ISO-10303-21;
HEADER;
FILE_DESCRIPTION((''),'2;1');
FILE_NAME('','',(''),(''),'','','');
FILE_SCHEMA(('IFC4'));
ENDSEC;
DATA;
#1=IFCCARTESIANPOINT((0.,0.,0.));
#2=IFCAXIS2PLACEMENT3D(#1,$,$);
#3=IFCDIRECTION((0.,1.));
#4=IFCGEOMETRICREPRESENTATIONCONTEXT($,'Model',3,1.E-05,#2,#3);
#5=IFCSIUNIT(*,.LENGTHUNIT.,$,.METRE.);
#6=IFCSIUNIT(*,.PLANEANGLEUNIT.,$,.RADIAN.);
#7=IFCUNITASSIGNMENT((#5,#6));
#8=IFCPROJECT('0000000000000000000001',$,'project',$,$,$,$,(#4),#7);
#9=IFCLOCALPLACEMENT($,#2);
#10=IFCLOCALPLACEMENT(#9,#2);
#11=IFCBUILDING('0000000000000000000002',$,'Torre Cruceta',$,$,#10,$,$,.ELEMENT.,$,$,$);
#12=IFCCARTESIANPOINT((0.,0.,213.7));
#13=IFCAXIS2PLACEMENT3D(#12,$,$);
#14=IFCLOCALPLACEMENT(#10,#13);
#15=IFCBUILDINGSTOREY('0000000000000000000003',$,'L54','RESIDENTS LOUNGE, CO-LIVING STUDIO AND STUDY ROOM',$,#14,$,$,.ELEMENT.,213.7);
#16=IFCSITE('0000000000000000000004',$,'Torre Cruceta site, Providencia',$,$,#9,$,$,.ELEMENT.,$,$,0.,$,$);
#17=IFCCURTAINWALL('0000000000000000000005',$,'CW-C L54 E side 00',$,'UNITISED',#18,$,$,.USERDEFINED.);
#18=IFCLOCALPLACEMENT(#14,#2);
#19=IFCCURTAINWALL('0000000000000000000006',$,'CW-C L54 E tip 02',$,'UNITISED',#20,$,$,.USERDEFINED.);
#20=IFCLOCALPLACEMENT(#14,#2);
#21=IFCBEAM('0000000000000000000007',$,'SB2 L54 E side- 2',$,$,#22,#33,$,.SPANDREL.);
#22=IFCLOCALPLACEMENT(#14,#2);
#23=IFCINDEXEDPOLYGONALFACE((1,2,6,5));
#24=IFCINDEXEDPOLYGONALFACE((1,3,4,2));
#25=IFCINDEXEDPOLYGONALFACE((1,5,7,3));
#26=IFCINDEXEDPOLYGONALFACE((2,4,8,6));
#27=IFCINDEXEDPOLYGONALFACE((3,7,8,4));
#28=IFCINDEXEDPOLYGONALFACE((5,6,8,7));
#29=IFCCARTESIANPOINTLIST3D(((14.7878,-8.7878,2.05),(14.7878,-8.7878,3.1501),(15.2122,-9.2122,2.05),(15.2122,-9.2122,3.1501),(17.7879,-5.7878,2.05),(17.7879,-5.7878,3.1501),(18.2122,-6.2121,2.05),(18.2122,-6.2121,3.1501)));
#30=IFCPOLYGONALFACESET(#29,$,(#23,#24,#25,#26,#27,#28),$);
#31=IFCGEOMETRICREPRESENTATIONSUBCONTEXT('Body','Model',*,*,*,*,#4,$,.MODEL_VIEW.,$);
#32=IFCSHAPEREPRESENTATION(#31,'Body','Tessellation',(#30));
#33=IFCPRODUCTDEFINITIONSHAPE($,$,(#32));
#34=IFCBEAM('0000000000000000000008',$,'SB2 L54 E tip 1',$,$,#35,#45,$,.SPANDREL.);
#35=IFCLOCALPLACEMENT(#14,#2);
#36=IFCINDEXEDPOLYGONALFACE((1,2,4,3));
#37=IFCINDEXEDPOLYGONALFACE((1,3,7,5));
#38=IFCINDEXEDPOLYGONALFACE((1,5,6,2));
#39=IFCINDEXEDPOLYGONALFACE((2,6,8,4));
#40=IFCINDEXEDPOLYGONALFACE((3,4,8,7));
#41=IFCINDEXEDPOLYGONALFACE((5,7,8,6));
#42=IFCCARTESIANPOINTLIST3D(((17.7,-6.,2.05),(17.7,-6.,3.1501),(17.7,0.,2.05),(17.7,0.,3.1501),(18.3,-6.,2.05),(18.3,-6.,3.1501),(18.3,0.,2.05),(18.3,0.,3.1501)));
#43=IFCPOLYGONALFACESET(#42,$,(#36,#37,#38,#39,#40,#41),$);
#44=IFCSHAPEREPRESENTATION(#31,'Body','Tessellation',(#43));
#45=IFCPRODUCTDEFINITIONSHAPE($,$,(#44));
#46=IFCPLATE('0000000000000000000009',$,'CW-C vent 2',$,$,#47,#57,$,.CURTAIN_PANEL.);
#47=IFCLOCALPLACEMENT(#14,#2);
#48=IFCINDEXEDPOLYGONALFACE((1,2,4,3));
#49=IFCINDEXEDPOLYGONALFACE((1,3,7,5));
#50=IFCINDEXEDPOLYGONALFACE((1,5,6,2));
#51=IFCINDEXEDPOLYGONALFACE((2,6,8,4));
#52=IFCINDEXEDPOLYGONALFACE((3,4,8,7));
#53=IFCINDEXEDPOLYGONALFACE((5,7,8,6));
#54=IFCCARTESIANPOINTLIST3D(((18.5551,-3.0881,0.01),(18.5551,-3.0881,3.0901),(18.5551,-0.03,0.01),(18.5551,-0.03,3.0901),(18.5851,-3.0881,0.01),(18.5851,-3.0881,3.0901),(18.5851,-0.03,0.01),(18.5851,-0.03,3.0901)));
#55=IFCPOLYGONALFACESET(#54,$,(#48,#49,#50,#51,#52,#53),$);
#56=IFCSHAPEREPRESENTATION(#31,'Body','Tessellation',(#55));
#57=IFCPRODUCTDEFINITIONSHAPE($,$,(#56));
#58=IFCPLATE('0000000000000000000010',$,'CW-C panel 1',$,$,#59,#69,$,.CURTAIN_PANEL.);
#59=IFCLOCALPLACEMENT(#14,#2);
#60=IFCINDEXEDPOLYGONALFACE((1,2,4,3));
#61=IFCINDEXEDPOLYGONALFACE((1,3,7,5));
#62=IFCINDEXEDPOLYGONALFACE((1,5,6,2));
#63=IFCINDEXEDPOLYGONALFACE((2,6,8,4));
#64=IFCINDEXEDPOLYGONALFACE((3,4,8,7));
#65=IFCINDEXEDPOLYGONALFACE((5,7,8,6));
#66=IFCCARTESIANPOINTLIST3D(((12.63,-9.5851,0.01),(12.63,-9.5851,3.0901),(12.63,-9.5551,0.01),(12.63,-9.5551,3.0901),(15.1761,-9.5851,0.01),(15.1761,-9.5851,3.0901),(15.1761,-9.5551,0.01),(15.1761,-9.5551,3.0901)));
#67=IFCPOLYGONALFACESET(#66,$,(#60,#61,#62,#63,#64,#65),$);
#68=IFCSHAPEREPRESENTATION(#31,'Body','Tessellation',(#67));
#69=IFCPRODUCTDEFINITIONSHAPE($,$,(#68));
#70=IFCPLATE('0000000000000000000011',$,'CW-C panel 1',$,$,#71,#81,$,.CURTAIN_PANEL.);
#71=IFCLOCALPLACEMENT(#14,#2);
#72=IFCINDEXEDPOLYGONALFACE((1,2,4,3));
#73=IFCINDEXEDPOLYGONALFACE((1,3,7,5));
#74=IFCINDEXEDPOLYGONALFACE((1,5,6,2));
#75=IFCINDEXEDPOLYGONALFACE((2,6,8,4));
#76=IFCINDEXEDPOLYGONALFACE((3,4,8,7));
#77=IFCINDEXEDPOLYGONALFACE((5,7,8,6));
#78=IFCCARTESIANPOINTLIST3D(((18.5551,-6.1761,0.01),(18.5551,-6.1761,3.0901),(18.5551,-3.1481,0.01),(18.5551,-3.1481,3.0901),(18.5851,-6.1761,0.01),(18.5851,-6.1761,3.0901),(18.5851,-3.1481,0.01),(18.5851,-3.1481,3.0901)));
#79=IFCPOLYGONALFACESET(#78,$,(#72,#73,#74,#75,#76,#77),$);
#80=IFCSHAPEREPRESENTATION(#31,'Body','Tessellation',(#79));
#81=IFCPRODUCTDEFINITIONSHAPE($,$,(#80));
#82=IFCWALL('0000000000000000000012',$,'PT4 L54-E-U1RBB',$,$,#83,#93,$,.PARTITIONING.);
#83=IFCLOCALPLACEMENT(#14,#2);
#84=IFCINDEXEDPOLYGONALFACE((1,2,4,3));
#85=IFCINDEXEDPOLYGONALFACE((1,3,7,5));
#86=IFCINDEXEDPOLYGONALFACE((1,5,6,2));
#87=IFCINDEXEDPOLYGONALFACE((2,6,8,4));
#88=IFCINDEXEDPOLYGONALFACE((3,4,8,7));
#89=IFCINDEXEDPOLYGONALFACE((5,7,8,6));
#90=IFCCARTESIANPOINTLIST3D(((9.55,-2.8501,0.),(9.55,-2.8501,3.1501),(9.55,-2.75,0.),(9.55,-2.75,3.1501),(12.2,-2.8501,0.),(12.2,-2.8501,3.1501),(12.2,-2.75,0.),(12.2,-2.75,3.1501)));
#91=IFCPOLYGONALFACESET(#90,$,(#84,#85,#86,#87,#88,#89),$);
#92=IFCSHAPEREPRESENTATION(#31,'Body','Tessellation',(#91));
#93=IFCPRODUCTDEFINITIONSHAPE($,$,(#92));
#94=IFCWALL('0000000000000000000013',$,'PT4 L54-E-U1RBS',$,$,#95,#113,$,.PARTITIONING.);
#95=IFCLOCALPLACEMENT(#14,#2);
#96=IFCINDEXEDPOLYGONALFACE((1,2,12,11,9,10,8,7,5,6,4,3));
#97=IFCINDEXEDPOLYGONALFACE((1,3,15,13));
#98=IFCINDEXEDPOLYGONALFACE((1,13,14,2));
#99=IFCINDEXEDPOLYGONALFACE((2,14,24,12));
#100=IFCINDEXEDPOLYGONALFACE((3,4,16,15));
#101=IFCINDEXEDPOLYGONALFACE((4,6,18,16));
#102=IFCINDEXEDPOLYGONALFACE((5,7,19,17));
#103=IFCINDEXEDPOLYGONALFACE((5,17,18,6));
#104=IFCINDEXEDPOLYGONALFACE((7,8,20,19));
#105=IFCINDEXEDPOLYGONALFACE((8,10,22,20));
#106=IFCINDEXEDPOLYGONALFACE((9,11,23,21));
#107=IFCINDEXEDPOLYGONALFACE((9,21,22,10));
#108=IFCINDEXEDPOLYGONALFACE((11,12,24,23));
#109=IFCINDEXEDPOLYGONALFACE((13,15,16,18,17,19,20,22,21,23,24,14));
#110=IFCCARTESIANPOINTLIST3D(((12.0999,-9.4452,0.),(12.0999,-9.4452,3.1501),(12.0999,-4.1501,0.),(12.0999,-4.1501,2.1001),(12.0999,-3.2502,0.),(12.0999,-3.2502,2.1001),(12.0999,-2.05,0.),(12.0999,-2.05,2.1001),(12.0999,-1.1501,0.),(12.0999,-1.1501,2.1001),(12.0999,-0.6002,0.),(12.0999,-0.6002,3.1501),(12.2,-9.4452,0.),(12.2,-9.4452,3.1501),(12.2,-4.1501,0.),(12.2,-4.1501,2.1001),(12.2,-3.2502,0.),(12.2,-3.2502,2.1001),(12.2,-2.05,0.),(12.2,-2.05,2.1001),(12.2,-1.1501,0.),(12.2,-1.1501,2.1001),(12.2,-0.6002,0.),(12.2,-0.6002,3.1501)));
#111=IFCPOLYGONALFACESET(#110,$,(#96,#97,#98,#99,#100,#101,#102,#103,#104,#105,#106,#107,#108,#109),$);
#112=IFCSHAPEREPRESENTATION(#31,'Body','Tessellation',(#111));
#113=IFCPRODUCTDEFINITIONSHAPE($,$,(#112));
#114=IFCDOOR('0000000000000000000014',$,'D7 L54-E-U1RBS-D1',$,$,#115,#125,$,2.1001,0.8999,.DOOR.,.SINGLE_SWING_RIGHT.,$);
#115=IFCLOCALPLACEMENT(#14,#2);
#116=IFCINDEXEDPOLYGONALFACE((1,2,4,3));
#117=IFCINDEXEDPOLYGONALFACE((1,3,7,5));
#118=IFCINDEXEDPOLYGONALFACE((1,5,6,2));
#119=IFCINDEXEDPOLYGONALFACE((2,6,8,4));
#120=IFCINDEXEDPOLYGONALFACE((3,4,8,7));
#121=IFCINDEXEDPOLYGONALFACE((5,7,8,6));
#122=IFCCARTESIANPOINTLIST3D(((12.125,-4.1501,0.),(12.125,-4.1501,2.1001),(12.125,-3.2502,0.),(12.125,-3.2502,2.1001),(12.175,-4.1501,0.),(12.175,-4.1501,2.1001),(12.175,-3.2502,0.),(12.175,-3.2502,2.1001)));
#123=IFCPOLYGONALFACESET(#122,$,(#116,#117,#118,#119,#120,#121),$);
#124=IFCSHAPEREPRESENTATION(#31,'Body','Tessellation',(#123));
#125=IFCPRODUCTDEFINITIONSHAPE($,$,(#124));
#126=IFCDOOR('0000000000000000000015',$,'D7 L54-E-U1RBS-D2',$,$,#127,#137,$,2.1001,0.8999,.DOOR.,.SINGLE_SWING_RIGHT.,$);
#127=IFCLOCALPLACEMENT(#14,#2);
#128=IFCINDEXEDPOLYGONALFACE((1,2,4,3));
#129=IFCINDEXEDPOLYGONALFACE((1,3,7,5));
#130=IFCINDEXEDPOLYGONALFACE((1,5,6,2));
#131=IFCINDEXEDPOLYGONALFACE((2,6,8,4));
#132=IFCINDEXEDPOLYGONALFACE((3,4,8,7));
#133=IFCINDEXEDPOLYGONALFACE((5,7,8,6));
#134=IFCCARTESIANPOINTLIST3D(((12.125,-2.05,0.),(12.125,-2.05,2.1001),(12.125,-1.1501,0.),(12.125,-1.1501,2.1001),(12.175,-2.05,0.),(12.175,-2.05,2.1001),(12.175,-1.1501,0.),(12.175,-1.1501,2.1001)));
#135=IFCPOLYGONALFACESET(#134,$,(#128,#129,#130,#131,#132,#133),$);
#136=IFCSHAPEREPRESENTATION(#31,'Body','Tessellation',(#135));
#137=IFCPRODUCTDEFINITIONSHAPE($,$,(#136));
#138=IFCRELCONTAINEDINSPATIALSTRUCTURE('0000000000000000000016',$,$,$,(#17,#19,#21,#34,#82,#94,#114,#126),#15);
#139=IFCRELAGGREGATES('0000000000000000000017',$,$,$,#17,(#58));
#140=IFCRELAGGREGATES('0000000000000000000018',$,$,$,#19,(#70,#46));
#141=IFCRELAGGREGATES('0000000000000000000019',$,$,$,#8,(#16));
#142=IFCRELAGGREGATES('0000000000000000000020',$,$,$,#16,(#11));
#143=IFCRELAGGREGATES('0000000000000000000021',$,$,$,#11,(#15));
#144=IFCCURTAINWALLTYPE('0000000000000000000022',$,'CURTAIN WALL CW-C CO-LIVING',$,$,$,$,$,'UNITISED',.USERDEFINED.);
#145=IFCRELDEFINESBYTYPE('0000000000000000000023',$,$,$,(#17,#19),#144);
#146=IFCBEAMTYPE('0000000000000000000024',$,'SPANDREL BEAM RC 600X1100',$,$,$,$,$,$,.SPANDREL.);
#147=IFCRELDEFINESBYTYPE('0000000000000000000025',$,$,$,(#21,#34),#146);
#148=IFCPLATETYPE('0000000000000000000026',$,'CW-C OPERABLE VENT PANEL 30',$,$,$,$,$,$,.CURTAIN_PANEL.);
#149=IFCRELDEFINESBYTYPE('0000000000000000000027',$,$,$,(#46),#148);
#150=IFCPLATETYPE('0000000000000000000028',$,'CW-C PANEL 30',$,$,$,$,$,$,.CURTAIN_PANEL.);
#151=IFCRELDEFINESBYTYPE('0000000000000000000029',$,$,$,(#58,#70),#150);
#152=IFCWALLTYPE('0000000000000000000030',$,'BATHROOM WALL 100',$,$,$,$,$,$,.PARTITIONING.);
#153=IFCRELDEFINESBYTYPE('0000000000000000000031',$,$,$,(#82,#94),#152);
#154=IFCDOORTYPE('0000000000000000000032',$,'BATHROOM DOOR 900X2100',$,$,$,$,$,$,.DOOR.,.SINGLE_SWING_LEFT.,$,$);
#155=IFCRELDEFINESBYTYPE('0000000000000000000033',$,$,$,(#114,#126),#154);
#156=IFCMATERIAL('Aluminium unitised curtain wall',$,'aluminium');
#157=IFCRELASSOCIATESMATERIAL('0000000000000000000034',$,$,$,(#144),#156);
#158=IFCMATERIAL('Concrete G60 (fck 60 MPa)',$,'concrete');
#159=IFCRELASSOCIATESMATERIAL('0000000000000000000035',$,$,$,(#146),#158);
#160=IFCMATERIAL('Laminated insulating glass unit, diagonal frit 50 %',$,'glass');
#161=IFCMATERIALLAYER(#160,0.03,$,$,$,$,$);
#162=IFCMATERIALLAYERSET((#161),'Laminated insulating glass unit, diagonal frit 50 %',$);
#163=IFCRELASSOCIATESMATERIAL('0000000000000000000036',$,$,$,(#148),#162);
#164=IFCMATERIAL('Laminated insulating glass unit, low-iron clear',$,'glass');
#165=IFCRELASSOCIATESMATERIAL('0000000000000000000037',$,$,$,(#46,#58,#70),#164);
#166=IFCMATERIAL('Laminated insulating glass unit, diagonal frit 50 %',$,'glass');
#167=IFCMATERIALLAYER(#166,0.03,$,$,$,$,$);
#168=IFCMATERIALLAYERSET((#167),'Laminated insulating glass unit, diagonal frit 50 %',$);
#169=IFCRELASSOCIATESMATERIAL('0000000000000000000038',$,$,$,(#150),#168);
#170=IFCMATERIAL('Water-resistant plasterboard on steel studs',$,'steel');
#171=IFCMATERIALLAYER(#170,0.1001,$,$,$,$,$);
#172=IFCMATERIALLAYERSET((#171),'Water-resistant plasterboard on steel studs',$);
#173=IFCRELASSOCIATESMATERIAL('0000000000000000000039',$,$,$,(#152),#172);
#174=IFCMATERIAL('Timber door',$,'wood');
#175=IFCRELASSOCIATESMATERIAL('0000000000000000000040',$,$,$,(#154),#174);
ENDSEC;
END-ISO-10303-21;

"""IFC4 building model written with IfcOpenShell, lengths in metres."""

from ifc_helpers import new_model, si_unit, direction, frame, frame_2d, origin, origin_2d, place, context, subcontext, project, spatial, rectangle, extrude, material, layer, layer_set, material_profile, profile_set, type_object, element, fill, aggregate, save


model = new_model("IFC4")

# Units and contexts
model_context = context("Model", 3, precision=1e-05, world=origin(), true_north=direction((0.0, 1.0)))
body_context = subcontext(model_context, "Body", "Model", "MODEL_VIEW")
ifc_project = project(units=[si_unit("LENGTHUNIT", "METRE"), si_unit("PLANEANGLEUNIT", "RADIAN")], contexts=[model_context])

# Site, building, storey
site_placement = place(None, origin())
site = spatial("IfcSite", under=ifc_project, at=site_placement, Name="Torre Cruceta site, Providencia", CompositionType="ELEMENT", RefElevation=0.0)
building_placement = place(site_placement, origin())
building = spatial("IfcBuilding", under=site, at=building_placement, Name="Torre Cruceta", CompositionType="ELEMENT")
storey_placement = place(building_placement, frame((0.0, 0.0, 213.7)))
storey = spatial("IfcBuildingStorey", under=building, at=storey_placement, Name="L54", Description="RESIDENTS LOUNGE, CO-LIVING STUDIO AND STUDY ROOM", CompositionType="ELEMENT", Elevation=213.7)

# Curtain wall
ifc_material_1 = material(Name="Aluminium unitised curtain wall", Category="aluminium")
curtain_wall_type = type_object("IfcCurtainWallType", Name="CURTAIN WALL CW-C CO-LIVING", ElementType="UNITISED", PredefinedType="USERDEFINED", material=ifc_material_1)
curtain_wall_1_placement = place(storey_placement, origin())
curtain_wall_1 = element("IfcCurtainWall", 1, at=curtain_wall_1_placement, inside=storey, type_object=curtain_wall_type, Name="CW-C L54 E side 00", ObjectType="UNITISED", PredefinedType="USERDEFINED")

# Curtain wall
curtain_wall_2_placement = place(storey_placement, origin())
curtain_wall_2 = element("IfcCurtainWall", 2, at=curtain_wall_2_placement, inside=storey, type_object=curtain_wall_type, Name="CW-C L54 E tip 02", ObjectType="UNITISED", PredefinedType="USERDEFINED")

# Beams
ifc_material_2 = material(Name="Concrete G60 (fck 60 MPa)", Category="concrete")
ifc_material_profile_1 = material_profile(ifc_material_2, rectangle(XDim=0.6001, YDim=1.1001, at=origin_2d()), Name="RC 600X1100")
ifc_profile_set_1 = profile_set([ifc_material_profile_1], Name="Concrete G60 (fck 60 MPa)")
beam_type_1 = type_object("IfcBeamType", Name="SPANDREL BEAM RC 600X1100", PredefinedType="SPANDREL", material=ifc_profile_set_1)
beam_1_placement = place(storey_placement, frame((15.0, -9.0, 2.6001), z_axis=(0.707107, 0.707107, 0.0), x_axis=(-0.707107, 0.707107, 0.0)))
element("IfcBeam", 3, at=beam_1_placement, inside=storey, type_object=beam_type_1, Name="SB2 L54 E side- 2", PredefinedType="SPANDREL", context=body_context, shape_type="SweptSolid", body=[
    extrude(rectangle(XDim=0.6001, YDim=1.1001, at=origin_2d()), origin(), (0.0, 0.0, 1.0), 4.2427),
])
beam_2_placement = place(storey_placement, frame((18.0, -6.0, 2.6001), z_axis=(0.0, 1.0, 0.0), x_axis=(-1.0, 0.0, 0.0)))
element("IfcBeam", 4, at=beam_2_placement, inside=storey, type_object=beam_type_1, Name="SB2 L54 E tip 1", PredefinedType="SPANDREL", context=body_context, shape_type="SweptSolid", body=[
    extrude(rectangle(XDim=0.6001, YDim=1.1001, at=origin_2d()), origin(), (0.0, 0.0, 1.0), 6.0),
])

# Plates
ifc_material_3 = material(Name="Laminated insulating glass unit, low-iron clear", Category="glass")
ifc_material_4 = material(Name="Laminated insulating glass unit, diagonal frit 50 %", Category="glass")
ifc_layer_1 = layer(ifc_material_4, 0.03)
ifc_layer_set_1 = layer_set([ifc_layer_1], Name="Laminated insulating glass unit, diagonal frit 50 %")
plate_type_1 = type_object("IfcPlateType", Name="CW-C OPERABLE VENT PANEL 30", PredefinedType="CURTAIN_PANEL", material=ifc_layer_set_1)
plate_1_placement = place(storey_placement, frame((18.5701, -1.5591, 0.01), z_axis=(0.0, 0.0, 1.0), x_axis=(0.0, 1.0, 0.0)))
plate_1 = element("IfcPlate", 5, at=plate_1_placement, type_object=plate_type_1, material=ifc_material_3, Name="CW-C vent 2", PredefinedType="CURTAIN_PANEL", context=body_context, shape_type="SweptSolid", body=[
    extrude(rectangle(XDim=3.0581, YDim=0.03, at=origin_2d()), origin(), (0.0, 0.0, 1.0), 3.0801),
])
ifc_material_5 = material(Name="Laminated insulating glass unit, diagonal frit 50 %", Category="glass")
ifc_layer_2 = layer(ifc_material_5, 0.03)
ifc_layer_set_2 = layer_set([ifc_layer_2], Name="Laminated insulating glass unit, diagonal frit 50 %")
plate_type_2 = type_object("IfcPlateType", Name="CW-C PANEL 30", PredefinedType="CURTAIN_PANEL", material=ifc_layer_set_2)
plate_2_placement = place(storey_placement, frame((13.9031, -9.5701, 0.01), z_axis=(0.0, 0.0, 1.0), x_axis=(1.0, 0.0, 0.0)))
plate_2 = element("IfcPlate", 6, at=plate_2_placement, type_object=plate_type_2, material=ifc_material_3, Name="CW-C panel 1", PredefinedType="CURTAIN_PANEL", context=body_context, shape_type="SweptSolid", body=[
    extrude(rectangle(XDim=2.5461, YDim=0.03, at=origin_2d()), origin(), (0.0, 0.0, 1.0), 3.0801),
])
aggregate(curtain_wall_1, [plate_2])
plate_3_placement = place(storey_placement, frame((18.5701, -4.6621, 0.01), z_axis=(0.0, 0.0, 1.0), x_axis=(0.0, 1.0, 0.0)))
plate_3 = element("IfcPlate", 7, at=plate_3_placement, type_object=plate_type_2, material=ifc_material_3, Name="CW-C panel 1", PredefinedType="CURTAIN_PANEL", context=body_context, shape_type="SweptSolid", body=[
    extrude(rectangle(XDim=3.0281, YDim=0.03, at=origin_2d()), origin(), (0.0, 0.0, 1.0), 3.0801),
])
aggregate(curtain_wall_2, [plate_3, plate_1])

# Wall
ifc_material_6 = material(Name="Water-resistant plasterboard on steel studs", Category="steel")
ifc_layer_3 = layer(ifc_material_6, 0.1001)
ifc_layer_set_3 = layer_set([ifc_layer_3], Name="Water-resistant plasterboard on steel studs")
wall_type_1 = type_object("IfcWallType", Name="BATHROOM WALL 100", PredefinedType="PARTITIONING", material=ifc_layer_set_3)
wall_1_placement = place(storey_placement, frame((9.55, -2.8, 0.0), z_axis=(0.0, 0.0, 1.0), x_axis=(1.0, 0.0, 0.0)))
element("IfcWall", 8, at=wall_1_placement, inside=storey, type_object=wall_type_1, Name="PT4 L54-E-U1RBB", PredefinedType="PARTITIONING", context=body_context, shape_type="SweptSolid", body=[
    extrude(rectangle(XDim=2.6499, YDim=0.1001, at=frame_2d((1.325, 0.0))), origin(), (0.0, 0.0, 1.0), 3.1501),
])

# Wall, openings, doors
wall_2_placement = place(storey_placement, frame((12.1499, -9.4451, 0.0), z_axis=(0.0, 0.0, 1.0), x_axis=(0.0, 1.0, 0.0)))
wall_2 = element("IfcWall", 9, at=wall_2_placement, inside=storey, type_object=wall_type_1, Name="PT4 L54-E-U1RBS", PredefinedType="PARTITIONING", context=body_context, shape_type="SweptSolid", body=[
    extrude(rectangle(XDim=8.845, YDim=0.1001, at=frame_2d((4.4224, 0.0))), origin(), (0.0, 0.0, 1.0), 3.1501),
])
opening_1_placement = place(wall_2_placement, frame((5.2949, 0.0, 0.0)))
opening_1 = element("IfcOpeningElement", 10, at=opening_1_placement, cuts=wall_2, PredefinedType="OPENING", context=body_context, shape_type="SweptSolid", body=[
    extrude(rectangle(XDim=0.8999, YDim=2.1001, at=frame_2d((0.45, 1.05))), frame((0.0, 0.0601, 0.0), z_axis=(0.0, -1.0, 0.0), x_axis=(1.0, 0.0, 0.0)), (0.0, 0.0, 1.0), 0.1201),
])
opening_2_placement = place(wall_2_placement, frame((7.395, 0.0, 0.0)))
opening_2 = element("IfcOpeningElement", 11, at=opening_2_placement, cuts=wall_2, PredefinedType="OPENING", context=body_context, shape_type="SweptSolid", body=[
    extrude(rectangle(XDim=0.8999, YDim=2.1001, at=frame_2d((0.45, 1.05))), frame((0.0, 0.0601, 0.0), z_axis=(0.0, -1.0, 0.0), x_axis=(1.0, 0.0, 0.0)), (0.0, 0.0, 1.0), 0.1201),
])
ifc_material_7 = material(Name="Timber door", Category="wood")
door_type_1 = type_object("IfcDoorType", Name="BATHROOM DOOR 900X2100", OperationType="SINGLE_SWING_LEFT", PredefinedType="DOOR", material=ifc_material_7)
door_1_placement = place(opening_1_placement, origin())
door_1 = element("IfcDoor", 12, at=door_1_placement, inside=storey, type_object=door_type_1, Name="D7 L54-E-U1RBS-D1", OperationType="SINGLE_SWING_RIGHT", OverallHeight=2.1001, OverallWidth=0.8999, PredefinedType="DOOR", context=body_context, shape_type="SweptSolid", body=[
    extrude(rectangle(XDim=0.8999, YDim=2.1001, at=frame_2d((0.45, 1.05))), frame((0.0, 0.0249, 0.0), z_axis=(0.0, -1.0, 0.0), x_axis=(1.0, 0.0, 0.0)), (0.0, 0.0, 1.0), 0.05),
])
fill(opening_1, door_1)
door_2_placement = place(opening_2_placement, origin())
door_2 = element("IfcDoor", 13, at=door_2_placement, inside=storey, type_object=door_type_1, Name="D7 L54-E-U1RBS-D2", OperationType="SINGLE_SWING_RIGHT", OverallHeight=2.1001, OverallWidth=0.8999, PredefinedType="DOOR", context=body_context, shape_type="SweptSolid", body=[
    extrude(rectangle(XDim=0.8999, YDim=2.1001, at=frame_2d((0.45, 1.05))), frame((0.0, 0.0249, 0.0), z_axis=(0.0, -1.0, 0.0), x_axis=(1.0, 0.0, 0.0)), (0.0, 0.0, 1.0), 0.05),
])
fill(opening_2, door_2)

save(model, "model.ifc")
